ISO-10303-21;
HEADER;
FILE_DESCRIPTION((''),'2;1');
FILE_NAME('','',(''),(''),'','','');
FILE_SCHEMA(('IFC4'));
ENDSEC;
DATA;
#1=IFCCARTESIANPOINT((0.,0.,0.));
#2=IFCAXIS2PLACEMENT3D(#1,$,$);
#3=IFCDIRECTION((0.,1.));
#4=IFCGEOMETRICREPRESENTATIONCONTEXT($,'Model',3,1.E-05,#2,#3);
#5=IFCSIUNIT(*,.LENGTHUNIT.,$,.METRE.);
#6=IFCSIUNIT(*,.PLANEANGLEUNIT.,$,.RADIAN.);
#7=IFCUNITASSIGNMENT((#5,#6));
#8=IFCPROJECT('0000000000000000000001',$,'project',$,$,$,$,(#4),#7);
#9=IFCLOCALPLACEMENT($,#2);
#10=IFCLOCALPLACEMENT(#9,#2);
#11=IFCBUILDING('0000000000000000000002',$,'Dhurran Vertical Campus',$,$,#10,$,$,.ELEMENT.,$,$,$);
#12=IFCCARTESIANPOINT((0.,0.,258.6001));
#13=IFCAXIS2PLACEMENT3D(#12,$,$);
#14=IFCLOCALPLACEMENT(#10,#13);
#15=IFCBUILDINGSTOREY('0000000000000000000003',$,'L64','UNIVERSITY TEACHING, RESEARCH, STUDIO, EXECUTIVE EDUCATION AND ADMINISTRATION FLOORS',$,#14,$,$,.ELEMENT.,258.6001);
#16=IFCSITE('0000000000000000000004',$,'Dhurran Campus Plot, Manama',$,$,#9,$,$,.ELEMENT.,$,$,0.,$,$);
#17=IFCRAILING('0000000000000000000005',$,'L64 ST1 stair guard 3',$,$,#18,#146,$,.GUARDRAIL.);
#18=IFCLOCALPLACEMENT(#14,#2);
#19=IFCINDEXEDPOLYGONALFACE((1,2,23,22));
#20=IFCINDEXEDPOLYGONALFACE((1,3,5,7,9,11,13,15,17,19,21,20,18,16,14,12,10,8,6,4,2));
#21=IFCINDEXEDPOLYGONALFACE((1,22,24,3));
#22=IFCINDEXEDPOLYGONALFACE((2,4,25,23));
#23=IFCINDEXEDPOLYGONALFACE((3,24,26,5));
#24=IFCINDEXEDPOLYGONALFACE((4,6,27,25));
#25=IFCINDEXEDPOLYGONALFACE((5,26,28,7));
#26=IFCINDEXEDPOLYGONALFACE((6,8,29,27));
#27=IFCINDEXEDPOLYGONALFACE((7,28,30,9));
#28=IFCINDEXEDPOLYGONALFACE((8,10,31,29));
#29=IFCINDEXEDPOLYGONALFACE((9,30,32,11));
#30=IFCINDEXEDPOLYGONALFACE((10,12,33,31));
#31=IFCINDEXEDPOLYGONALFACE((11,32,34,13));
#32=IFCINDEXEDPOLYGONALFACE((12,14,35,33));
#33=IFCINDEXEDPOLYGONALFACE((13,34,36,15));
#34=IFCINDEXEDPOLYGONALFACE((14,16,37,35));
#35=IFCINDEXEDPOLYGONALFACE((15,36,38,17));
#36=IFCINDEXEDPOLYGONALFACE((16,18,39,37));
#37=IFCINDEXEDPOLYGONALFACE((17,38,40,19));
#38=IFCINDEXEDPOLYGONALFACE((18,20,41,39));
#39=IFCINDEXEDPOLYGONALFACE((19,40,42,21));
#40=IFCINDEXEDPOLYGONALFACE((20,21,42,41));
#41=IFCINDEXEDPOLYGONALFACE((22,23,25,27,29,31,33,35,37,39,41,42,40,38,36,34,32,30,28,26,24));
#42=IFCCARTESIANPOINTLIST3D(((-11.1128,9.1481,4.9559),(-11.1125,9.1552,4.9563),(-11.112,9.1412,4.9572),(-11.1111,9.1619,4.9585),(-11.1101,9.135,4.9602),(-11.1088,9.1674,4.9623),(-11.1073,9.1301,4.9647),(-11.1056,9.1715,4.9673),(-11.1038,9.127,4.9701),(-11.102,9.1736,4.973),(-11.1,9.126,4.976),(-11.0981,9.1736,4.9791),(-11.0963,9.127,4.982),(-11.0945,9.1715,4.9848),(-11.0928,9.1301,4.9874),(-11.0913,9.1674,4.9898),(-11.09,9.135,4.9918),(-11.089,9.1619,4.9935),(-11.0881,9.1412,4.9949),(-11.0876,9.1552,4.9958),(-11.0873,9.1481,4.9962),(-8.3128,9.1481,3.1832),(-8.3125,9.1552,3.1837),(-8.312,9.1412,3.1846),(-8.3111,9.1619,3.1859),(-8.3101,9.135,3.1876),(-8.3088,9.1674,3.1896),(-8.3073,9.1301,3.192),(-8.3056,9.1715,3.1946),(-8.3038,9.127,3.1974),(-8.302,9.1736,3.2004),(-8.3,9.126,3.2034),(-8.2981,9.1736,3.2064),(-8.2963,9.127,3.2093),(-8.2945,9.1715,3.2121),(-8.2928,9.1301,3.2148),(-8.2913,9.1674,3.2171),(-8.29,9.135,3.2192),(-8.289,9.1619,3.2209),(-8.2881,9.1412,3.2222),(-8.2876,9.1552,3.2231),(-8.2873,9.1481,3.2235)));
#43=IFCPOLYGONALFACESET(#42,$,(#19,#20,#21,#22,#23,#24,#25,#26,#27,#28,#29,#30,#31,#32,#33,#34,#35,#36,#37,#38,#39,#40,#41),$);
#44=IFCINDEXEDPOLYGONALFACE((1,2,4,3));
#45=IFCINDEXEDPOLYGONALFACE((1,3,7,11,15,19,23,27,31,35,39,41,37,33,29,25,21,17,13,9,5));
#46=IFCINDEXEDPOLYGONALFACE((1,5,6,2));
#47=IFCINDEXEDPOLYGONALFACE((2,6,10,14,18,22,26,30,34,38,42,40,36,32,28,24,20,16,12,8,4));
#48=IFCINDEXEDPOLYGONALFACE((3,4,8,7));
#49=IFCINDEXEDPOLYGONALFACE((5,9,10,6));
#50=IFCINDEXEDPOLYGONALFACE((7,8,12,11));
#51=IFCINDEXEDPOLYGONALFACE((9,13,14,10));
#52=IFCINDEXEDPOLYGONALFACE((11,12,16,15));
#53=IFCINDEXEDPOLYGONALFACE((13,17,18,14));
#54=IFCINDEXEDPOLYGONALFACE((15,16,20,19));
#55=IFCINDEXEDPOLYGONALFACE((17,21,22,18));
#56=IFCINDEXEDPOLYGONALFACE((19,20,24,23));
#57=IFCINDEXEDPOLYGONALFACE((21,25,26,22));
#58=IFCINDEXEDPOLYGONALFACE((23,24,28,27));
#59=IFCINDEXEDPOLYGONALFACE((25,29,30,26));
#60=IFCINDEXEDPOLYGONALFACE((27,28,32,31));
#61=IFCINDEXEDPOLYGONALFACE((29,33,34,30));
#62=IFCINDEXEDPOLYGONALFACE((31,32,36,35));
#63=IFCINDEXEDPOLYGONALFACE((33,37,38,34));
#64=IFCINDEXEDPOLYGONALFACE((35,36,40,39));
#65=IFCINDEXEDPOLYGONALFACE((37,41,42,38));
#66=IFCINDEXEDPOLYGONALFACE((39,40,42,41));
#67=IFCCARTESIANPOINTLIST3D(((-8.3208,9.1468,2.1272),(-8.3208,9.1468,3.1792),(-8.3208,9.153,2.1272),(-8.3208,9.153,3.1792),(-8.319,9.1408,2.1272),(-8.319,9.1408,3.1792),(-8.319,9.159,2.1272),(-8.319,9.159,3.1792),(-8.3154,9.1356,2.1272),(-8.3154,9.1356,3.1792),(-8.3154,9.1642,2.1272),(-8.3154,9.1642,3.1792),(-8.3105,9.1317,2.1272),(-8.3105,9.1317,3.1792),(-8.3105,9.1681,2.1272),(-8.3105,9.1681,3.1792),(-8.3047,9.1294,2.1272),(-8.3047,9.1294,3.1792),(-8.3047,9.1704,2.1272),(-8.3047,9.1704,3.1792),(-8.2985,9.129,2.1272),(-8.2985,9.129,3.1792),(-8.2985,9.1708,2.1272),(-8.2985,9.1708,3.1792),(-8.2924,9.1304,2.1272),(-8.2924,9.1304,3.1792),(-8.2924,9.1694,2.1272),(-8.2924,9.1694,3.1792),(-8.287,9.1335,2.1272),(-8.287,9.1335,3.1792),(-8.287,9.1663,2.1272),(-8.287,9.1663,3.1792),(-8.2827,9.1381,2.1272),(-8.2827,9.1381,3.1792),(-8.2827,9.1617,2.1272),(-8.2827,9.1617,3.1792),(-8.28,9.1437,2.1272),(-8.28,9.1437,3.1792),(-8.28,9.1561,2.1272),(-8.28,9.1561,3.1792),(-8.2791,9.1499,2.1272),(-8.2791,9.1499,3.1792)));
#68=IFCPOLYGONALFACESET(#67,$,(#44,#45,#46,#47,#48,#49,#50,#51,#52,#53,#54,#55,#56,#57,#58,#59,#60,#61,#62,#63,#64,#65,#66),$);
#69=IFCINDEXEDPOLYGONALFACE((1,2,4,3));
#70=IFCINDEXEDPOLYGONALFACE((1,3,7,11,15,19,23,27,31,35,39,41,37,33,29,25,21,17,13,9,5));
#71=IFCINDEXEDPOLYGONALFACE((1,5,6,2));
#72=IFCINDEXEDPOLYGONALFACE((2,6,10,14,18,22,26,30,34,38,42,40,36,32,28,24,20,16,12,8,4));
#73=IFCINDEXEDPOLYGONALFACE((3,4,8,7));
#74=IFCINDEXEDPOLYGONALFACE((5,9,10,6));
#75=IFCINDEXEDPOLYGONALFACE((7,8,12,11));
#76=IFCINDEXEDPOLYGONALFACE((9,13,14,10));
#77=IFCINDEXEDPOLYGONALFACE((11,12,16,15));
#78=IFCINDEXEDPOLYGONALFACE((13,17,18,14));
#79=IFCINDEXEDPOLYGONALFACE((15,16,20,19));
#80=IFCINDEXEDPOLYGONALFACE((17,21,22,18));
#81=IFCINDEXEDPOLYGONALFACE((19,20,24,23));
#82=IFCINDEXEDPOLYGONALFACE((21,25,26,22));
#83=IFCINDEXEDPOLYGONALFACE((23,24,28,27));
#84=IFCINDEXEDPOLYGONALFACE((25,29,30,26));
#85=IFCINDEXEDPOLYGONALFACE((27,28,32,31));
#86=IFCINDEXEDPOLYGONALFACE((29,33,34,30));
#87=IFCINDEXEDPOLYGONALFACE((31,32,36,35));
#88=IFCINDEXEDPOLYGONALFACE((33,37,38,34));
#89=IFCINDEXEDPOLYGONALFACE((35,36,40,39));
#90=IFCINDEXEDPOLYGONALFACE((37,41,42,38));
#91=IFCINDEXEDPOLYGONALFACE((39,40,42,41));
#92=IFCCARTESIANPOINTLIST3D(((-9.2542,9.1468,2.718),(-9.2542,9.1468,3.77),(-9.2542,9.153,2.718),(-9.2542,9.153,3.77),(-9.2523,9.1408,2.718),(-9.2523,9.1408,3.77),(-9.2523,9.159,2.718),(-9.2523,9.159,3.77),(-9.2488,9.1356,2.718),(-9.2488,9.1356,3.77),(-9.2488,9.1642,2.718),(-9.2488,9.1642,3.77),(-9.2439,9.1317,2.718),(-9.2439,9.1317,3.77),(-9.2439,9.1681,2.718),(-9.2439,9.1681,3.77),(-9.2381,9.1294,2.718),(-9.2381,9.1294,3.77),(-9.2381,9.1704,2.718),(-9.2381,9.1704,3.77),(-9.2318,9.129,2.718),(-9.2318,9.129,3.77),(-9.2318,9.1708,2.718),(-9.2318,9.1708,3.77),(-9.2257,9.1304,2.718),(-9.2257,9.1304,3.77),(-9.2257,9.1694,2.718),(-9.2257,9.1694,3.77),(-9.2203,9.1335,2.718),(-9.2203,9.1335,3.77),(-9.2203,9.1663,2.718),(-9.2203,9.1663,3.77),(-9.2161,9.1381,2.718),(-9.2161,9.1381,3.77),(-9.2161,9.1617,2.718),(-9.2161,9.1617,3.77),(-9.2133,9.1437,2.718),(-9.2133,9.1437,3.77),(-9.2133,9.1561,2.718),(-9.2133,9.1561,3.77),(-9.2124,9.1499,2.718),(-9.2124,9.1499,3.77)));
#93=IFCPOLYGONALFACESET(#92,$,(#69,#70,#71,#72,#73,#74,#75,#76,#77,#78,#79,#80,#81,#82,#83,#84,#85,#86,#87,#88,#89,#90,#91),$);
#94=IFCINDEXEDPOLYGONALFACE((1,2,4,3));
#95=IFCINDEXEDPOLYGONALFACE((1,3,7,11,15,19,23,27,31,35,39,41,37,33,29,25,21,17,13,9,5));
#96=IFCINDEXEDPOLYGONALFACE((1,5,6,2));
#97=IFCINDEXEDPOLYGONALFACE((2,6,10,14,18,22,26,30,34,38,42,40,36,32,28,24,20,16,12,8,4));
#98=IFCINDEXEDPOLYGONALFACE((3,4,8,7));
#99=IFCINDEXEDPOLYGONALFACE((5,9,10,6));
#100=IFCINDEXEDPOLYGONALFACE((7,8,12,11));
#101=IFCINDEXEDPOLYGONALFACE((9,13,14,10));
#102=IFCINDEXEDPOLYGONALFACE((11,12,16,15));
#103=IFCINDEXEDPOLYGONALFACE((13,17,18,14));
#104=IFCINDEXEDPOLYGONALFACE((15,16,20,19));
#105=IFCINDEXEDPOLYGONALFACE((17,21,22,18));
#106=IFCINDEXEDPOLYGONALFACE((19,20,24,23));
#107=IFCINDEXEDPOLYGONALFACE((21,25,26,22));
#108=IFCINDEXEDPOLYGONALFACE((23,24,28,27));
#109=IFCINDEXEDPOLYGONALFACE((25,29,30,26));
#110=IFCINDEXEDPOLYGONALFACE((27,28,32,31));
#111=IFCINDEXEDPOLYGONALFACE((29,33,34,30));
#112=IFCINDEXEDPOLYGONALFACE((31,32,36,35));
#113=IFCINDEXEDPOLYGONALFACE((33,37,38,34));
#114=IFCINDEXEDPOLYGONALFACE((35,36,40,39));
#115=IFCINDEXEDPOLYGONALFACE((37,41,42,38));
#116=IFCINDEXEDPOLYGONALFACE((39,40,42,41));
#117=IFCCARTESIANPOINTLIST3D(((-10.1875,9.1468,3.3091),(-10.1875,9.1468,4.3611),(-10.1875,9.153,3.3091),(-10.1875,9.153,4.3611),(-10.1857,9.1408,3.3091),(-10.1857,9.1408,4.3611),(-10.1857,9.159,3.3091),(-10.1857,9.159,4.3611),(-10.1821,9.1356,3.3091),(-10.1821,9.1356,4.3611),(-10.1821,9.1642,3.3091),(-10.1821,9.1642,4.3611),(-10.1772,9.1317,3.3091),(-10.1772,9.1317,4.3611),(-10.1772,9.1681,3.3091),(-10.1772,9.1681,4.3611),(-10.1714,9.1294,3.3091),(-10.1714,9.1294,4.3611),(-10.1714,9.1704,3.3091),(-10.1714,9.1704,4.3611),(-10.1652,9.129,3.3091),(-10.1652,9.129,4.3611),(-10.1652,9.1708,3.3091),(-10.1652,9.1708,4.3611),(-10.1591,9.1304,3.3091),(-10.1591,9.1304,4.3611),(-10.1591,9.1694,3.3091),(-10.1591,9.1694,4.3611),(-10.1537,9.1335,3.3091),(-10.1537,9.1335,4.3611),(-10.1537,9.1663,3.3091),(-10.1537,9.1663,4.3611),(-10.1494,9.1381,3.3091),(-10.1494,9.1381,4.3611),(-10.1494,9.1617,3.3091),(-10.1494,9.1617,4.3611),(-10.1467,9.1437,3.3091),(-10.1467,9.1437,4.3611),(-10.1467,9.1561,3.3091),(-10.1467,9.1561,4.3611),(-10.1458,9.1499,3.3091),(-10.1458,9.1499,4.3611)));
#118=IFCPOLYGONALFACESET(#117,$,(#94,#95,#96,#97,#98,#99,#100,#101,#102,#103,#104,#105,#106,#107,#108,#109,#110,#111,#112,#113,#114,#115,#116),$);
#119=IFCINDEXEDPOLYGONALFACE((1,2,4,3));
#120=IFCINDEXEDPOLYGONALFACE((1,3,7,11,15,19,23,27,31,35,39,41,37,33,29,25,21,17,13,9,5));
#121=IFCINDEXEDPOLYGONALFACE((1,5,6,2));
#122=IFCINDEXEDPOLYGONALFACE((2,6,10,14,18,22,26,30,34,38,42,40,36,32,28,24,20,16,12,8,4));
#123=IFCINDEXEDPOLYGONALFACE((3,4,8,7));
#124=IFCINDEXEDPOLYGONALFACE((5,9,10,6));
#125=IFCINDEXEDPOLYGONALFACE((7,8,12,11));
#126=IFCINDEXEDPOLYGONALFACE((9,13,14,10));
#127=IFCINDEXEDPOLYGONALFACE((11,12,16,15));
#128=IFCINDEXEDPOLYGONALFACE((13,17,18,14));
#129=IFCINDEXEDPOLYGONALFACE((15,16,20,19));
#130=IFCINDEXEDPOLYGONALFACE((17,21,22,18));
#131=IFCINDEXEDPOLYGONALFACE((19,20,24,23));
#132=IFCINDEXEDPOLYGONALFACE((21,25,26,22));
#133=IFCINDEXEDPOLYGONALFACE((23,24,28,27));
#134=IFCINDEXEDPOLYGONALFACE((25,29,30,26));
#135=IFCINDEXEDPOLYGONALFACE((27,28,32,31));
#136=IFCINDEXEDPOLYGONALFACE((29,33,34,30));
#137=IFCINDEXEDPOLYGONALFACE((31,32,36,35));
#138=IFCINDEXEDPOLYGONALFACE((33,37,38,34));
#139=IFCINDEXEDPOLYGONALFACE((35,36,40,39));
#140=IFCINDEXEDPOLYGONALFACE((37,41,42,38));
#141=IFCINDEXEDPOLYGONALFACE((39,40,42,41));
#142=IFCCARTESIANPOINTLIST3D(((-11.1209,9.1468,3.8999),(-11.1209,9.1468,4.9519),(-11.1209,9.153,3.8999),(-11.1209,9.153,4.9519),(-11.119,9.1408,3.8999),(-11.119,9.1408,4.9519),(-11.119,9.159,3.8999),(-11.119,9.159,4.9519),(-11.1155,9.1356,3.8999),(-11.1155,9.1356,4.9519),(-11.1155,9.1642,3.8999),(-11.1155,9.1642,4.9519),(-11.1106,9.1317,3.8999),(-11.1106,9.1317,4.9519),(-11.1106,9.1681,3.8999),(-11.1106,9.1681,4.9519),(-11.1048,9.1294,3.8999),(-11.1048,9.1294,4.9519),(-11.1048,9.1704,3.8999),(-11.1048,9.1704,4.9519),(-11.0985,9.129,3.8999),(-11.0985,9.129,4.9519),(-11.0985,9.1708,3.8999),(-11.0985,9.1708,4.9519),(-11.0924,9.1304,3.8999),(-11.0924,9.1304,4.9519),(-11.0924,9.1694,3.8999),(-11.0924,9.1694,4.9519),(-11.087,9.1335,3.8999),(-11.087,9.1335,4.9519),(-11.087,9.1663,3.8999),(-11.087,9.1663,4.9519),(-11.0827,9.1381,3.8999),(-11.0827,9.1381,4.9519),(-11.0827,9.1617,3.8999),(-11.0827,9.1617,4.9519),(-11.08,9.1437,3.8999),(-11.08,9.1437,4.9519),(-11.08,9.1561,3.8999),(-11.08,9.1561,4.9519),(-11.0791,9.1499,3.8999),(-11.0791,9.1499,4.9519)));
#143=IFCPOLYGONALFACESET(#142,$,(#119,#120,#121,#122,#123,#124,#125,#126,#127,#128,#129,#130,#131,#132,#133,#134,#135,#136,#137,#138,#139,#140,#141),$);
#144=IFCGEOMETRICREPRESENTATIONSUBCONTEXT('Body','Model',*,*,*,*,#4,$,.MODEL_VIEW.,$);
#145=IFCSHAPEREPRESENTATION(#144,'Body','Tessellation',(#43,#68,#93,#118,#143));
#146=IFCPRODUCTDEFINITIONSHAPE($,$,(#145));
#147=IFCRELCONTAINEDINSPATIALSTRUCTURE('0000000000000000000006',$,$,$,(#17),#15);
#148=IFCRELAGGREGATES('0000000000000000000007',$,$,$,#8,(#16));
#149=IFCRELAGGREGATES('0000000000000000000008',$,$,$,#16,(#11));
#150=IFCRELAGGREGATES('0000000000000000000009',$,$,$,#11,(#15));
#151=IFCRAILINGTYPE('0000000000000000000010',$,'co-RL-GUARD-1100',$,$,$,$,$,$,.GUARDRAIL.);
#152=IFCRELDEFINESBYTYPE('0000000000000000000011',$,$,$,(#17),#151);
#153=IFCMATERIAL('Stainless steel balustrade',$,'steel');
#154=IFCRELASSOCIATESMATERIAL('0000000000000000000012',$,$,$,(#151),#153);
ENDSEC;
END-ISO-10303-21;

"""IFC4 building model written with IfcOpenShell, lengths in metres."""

from ifc_helpers import new_model, si_unit, direction, frame, origin, origin_2d, place, context, subcontext, project, spatial, circle, extrude, material, type_object, element, save


model = new_model("IFC4")

# Units and contexts
model_context = context("Model", 3, precision=1e-05, world=origin(), true_north=direction((0.0, 1.0)))
body_context = subcontext(model_context, "Body", "Model", "MODEL_VIEW")
ifc_project = project(units=[si_unit("LENGTHUNIT", "METRE"), si_unit("PLANEANGLEUNIT", "RADIAN")], contexts=[model_context])

# Site, building, storey
site_placement = place(None, origin())
site = spatial("IfcSite", under=ifc_project, at=site_placement, Name="Dhurran Campus Plot, Manama", CompositionType="ELEMENT", RefElevation=0.0)
building_placement = place(site_placement, origin())
building = spatial("IfcBuilding", under=site, at=building_placement, Name="Dhurran Vertical Campus", CompositionType="ELEMENT")
storey_placement = place(building_placement, frame((0.0, 0.0, 258.6001)))
storey = spatial("IfcBuildingStorey", under=building, at=storey_placement, Name="L64", Description="UNIVERSITY TEACHING, RESEARCH, STUDIO, EXECUTIVE EDUCATION AND ADMINISTRATION FLOORS", CompositionType="ELEMENT", Elevation=258.6001)

# Railing
ifc_material_1 = material(Name="Stainless steel balustrade", Category="steel")
railing_type_1 = type_object("IfcRailingType", Name="co-RL-GUARD-1100", PredefinedType="GUARDRAIL", material=ifc_material_1)
railing_1_placement = place(storey_placement, frame((-8.3, 9.1499, 2.1272)))
element("IfcRailing", 1, at=railing_1_placement, inside=storey, type_object=railing_type_1, Name="L64 ST1 stair guard 3", PredefinedType="GUARDRAIL", context=body_context, shape_type="SweptSolid", body=[
    extrude(circle(Radius=0.0239, at=origin_2d()), frame((0.0, 0.0, 1.0762), z_axis=(-0.844909, 0.0, 0.53491), x_axis=(0.0, -1.0, 0.0)), (0.0, 0.0, 1.0), 3.314),
    extrude(circle(Radius=0.021, at=origin_2d()), origin(), (0.0, 0.0, 1.0), 1.052),
    extrude(circle(Radius=0.021, at=origin_2d()), frame((-0.9333, 0.0, 0.5908)), (0.0, 0.0, 1.0), 1.052),
    extrude(circle(Radius=0.021, at=origin_2d()), frame((-1.8667, 0.0, 1.1819)), (0.0, 0.0, 1.0), 1.052),
    extrude(circle(Radius=0.021, at=origin_2d()), frame((-2.8, 0.0, 1.7727)), (0.0, 0.0, 1.0), 1.052),
])

save(model, "model.ifc")
